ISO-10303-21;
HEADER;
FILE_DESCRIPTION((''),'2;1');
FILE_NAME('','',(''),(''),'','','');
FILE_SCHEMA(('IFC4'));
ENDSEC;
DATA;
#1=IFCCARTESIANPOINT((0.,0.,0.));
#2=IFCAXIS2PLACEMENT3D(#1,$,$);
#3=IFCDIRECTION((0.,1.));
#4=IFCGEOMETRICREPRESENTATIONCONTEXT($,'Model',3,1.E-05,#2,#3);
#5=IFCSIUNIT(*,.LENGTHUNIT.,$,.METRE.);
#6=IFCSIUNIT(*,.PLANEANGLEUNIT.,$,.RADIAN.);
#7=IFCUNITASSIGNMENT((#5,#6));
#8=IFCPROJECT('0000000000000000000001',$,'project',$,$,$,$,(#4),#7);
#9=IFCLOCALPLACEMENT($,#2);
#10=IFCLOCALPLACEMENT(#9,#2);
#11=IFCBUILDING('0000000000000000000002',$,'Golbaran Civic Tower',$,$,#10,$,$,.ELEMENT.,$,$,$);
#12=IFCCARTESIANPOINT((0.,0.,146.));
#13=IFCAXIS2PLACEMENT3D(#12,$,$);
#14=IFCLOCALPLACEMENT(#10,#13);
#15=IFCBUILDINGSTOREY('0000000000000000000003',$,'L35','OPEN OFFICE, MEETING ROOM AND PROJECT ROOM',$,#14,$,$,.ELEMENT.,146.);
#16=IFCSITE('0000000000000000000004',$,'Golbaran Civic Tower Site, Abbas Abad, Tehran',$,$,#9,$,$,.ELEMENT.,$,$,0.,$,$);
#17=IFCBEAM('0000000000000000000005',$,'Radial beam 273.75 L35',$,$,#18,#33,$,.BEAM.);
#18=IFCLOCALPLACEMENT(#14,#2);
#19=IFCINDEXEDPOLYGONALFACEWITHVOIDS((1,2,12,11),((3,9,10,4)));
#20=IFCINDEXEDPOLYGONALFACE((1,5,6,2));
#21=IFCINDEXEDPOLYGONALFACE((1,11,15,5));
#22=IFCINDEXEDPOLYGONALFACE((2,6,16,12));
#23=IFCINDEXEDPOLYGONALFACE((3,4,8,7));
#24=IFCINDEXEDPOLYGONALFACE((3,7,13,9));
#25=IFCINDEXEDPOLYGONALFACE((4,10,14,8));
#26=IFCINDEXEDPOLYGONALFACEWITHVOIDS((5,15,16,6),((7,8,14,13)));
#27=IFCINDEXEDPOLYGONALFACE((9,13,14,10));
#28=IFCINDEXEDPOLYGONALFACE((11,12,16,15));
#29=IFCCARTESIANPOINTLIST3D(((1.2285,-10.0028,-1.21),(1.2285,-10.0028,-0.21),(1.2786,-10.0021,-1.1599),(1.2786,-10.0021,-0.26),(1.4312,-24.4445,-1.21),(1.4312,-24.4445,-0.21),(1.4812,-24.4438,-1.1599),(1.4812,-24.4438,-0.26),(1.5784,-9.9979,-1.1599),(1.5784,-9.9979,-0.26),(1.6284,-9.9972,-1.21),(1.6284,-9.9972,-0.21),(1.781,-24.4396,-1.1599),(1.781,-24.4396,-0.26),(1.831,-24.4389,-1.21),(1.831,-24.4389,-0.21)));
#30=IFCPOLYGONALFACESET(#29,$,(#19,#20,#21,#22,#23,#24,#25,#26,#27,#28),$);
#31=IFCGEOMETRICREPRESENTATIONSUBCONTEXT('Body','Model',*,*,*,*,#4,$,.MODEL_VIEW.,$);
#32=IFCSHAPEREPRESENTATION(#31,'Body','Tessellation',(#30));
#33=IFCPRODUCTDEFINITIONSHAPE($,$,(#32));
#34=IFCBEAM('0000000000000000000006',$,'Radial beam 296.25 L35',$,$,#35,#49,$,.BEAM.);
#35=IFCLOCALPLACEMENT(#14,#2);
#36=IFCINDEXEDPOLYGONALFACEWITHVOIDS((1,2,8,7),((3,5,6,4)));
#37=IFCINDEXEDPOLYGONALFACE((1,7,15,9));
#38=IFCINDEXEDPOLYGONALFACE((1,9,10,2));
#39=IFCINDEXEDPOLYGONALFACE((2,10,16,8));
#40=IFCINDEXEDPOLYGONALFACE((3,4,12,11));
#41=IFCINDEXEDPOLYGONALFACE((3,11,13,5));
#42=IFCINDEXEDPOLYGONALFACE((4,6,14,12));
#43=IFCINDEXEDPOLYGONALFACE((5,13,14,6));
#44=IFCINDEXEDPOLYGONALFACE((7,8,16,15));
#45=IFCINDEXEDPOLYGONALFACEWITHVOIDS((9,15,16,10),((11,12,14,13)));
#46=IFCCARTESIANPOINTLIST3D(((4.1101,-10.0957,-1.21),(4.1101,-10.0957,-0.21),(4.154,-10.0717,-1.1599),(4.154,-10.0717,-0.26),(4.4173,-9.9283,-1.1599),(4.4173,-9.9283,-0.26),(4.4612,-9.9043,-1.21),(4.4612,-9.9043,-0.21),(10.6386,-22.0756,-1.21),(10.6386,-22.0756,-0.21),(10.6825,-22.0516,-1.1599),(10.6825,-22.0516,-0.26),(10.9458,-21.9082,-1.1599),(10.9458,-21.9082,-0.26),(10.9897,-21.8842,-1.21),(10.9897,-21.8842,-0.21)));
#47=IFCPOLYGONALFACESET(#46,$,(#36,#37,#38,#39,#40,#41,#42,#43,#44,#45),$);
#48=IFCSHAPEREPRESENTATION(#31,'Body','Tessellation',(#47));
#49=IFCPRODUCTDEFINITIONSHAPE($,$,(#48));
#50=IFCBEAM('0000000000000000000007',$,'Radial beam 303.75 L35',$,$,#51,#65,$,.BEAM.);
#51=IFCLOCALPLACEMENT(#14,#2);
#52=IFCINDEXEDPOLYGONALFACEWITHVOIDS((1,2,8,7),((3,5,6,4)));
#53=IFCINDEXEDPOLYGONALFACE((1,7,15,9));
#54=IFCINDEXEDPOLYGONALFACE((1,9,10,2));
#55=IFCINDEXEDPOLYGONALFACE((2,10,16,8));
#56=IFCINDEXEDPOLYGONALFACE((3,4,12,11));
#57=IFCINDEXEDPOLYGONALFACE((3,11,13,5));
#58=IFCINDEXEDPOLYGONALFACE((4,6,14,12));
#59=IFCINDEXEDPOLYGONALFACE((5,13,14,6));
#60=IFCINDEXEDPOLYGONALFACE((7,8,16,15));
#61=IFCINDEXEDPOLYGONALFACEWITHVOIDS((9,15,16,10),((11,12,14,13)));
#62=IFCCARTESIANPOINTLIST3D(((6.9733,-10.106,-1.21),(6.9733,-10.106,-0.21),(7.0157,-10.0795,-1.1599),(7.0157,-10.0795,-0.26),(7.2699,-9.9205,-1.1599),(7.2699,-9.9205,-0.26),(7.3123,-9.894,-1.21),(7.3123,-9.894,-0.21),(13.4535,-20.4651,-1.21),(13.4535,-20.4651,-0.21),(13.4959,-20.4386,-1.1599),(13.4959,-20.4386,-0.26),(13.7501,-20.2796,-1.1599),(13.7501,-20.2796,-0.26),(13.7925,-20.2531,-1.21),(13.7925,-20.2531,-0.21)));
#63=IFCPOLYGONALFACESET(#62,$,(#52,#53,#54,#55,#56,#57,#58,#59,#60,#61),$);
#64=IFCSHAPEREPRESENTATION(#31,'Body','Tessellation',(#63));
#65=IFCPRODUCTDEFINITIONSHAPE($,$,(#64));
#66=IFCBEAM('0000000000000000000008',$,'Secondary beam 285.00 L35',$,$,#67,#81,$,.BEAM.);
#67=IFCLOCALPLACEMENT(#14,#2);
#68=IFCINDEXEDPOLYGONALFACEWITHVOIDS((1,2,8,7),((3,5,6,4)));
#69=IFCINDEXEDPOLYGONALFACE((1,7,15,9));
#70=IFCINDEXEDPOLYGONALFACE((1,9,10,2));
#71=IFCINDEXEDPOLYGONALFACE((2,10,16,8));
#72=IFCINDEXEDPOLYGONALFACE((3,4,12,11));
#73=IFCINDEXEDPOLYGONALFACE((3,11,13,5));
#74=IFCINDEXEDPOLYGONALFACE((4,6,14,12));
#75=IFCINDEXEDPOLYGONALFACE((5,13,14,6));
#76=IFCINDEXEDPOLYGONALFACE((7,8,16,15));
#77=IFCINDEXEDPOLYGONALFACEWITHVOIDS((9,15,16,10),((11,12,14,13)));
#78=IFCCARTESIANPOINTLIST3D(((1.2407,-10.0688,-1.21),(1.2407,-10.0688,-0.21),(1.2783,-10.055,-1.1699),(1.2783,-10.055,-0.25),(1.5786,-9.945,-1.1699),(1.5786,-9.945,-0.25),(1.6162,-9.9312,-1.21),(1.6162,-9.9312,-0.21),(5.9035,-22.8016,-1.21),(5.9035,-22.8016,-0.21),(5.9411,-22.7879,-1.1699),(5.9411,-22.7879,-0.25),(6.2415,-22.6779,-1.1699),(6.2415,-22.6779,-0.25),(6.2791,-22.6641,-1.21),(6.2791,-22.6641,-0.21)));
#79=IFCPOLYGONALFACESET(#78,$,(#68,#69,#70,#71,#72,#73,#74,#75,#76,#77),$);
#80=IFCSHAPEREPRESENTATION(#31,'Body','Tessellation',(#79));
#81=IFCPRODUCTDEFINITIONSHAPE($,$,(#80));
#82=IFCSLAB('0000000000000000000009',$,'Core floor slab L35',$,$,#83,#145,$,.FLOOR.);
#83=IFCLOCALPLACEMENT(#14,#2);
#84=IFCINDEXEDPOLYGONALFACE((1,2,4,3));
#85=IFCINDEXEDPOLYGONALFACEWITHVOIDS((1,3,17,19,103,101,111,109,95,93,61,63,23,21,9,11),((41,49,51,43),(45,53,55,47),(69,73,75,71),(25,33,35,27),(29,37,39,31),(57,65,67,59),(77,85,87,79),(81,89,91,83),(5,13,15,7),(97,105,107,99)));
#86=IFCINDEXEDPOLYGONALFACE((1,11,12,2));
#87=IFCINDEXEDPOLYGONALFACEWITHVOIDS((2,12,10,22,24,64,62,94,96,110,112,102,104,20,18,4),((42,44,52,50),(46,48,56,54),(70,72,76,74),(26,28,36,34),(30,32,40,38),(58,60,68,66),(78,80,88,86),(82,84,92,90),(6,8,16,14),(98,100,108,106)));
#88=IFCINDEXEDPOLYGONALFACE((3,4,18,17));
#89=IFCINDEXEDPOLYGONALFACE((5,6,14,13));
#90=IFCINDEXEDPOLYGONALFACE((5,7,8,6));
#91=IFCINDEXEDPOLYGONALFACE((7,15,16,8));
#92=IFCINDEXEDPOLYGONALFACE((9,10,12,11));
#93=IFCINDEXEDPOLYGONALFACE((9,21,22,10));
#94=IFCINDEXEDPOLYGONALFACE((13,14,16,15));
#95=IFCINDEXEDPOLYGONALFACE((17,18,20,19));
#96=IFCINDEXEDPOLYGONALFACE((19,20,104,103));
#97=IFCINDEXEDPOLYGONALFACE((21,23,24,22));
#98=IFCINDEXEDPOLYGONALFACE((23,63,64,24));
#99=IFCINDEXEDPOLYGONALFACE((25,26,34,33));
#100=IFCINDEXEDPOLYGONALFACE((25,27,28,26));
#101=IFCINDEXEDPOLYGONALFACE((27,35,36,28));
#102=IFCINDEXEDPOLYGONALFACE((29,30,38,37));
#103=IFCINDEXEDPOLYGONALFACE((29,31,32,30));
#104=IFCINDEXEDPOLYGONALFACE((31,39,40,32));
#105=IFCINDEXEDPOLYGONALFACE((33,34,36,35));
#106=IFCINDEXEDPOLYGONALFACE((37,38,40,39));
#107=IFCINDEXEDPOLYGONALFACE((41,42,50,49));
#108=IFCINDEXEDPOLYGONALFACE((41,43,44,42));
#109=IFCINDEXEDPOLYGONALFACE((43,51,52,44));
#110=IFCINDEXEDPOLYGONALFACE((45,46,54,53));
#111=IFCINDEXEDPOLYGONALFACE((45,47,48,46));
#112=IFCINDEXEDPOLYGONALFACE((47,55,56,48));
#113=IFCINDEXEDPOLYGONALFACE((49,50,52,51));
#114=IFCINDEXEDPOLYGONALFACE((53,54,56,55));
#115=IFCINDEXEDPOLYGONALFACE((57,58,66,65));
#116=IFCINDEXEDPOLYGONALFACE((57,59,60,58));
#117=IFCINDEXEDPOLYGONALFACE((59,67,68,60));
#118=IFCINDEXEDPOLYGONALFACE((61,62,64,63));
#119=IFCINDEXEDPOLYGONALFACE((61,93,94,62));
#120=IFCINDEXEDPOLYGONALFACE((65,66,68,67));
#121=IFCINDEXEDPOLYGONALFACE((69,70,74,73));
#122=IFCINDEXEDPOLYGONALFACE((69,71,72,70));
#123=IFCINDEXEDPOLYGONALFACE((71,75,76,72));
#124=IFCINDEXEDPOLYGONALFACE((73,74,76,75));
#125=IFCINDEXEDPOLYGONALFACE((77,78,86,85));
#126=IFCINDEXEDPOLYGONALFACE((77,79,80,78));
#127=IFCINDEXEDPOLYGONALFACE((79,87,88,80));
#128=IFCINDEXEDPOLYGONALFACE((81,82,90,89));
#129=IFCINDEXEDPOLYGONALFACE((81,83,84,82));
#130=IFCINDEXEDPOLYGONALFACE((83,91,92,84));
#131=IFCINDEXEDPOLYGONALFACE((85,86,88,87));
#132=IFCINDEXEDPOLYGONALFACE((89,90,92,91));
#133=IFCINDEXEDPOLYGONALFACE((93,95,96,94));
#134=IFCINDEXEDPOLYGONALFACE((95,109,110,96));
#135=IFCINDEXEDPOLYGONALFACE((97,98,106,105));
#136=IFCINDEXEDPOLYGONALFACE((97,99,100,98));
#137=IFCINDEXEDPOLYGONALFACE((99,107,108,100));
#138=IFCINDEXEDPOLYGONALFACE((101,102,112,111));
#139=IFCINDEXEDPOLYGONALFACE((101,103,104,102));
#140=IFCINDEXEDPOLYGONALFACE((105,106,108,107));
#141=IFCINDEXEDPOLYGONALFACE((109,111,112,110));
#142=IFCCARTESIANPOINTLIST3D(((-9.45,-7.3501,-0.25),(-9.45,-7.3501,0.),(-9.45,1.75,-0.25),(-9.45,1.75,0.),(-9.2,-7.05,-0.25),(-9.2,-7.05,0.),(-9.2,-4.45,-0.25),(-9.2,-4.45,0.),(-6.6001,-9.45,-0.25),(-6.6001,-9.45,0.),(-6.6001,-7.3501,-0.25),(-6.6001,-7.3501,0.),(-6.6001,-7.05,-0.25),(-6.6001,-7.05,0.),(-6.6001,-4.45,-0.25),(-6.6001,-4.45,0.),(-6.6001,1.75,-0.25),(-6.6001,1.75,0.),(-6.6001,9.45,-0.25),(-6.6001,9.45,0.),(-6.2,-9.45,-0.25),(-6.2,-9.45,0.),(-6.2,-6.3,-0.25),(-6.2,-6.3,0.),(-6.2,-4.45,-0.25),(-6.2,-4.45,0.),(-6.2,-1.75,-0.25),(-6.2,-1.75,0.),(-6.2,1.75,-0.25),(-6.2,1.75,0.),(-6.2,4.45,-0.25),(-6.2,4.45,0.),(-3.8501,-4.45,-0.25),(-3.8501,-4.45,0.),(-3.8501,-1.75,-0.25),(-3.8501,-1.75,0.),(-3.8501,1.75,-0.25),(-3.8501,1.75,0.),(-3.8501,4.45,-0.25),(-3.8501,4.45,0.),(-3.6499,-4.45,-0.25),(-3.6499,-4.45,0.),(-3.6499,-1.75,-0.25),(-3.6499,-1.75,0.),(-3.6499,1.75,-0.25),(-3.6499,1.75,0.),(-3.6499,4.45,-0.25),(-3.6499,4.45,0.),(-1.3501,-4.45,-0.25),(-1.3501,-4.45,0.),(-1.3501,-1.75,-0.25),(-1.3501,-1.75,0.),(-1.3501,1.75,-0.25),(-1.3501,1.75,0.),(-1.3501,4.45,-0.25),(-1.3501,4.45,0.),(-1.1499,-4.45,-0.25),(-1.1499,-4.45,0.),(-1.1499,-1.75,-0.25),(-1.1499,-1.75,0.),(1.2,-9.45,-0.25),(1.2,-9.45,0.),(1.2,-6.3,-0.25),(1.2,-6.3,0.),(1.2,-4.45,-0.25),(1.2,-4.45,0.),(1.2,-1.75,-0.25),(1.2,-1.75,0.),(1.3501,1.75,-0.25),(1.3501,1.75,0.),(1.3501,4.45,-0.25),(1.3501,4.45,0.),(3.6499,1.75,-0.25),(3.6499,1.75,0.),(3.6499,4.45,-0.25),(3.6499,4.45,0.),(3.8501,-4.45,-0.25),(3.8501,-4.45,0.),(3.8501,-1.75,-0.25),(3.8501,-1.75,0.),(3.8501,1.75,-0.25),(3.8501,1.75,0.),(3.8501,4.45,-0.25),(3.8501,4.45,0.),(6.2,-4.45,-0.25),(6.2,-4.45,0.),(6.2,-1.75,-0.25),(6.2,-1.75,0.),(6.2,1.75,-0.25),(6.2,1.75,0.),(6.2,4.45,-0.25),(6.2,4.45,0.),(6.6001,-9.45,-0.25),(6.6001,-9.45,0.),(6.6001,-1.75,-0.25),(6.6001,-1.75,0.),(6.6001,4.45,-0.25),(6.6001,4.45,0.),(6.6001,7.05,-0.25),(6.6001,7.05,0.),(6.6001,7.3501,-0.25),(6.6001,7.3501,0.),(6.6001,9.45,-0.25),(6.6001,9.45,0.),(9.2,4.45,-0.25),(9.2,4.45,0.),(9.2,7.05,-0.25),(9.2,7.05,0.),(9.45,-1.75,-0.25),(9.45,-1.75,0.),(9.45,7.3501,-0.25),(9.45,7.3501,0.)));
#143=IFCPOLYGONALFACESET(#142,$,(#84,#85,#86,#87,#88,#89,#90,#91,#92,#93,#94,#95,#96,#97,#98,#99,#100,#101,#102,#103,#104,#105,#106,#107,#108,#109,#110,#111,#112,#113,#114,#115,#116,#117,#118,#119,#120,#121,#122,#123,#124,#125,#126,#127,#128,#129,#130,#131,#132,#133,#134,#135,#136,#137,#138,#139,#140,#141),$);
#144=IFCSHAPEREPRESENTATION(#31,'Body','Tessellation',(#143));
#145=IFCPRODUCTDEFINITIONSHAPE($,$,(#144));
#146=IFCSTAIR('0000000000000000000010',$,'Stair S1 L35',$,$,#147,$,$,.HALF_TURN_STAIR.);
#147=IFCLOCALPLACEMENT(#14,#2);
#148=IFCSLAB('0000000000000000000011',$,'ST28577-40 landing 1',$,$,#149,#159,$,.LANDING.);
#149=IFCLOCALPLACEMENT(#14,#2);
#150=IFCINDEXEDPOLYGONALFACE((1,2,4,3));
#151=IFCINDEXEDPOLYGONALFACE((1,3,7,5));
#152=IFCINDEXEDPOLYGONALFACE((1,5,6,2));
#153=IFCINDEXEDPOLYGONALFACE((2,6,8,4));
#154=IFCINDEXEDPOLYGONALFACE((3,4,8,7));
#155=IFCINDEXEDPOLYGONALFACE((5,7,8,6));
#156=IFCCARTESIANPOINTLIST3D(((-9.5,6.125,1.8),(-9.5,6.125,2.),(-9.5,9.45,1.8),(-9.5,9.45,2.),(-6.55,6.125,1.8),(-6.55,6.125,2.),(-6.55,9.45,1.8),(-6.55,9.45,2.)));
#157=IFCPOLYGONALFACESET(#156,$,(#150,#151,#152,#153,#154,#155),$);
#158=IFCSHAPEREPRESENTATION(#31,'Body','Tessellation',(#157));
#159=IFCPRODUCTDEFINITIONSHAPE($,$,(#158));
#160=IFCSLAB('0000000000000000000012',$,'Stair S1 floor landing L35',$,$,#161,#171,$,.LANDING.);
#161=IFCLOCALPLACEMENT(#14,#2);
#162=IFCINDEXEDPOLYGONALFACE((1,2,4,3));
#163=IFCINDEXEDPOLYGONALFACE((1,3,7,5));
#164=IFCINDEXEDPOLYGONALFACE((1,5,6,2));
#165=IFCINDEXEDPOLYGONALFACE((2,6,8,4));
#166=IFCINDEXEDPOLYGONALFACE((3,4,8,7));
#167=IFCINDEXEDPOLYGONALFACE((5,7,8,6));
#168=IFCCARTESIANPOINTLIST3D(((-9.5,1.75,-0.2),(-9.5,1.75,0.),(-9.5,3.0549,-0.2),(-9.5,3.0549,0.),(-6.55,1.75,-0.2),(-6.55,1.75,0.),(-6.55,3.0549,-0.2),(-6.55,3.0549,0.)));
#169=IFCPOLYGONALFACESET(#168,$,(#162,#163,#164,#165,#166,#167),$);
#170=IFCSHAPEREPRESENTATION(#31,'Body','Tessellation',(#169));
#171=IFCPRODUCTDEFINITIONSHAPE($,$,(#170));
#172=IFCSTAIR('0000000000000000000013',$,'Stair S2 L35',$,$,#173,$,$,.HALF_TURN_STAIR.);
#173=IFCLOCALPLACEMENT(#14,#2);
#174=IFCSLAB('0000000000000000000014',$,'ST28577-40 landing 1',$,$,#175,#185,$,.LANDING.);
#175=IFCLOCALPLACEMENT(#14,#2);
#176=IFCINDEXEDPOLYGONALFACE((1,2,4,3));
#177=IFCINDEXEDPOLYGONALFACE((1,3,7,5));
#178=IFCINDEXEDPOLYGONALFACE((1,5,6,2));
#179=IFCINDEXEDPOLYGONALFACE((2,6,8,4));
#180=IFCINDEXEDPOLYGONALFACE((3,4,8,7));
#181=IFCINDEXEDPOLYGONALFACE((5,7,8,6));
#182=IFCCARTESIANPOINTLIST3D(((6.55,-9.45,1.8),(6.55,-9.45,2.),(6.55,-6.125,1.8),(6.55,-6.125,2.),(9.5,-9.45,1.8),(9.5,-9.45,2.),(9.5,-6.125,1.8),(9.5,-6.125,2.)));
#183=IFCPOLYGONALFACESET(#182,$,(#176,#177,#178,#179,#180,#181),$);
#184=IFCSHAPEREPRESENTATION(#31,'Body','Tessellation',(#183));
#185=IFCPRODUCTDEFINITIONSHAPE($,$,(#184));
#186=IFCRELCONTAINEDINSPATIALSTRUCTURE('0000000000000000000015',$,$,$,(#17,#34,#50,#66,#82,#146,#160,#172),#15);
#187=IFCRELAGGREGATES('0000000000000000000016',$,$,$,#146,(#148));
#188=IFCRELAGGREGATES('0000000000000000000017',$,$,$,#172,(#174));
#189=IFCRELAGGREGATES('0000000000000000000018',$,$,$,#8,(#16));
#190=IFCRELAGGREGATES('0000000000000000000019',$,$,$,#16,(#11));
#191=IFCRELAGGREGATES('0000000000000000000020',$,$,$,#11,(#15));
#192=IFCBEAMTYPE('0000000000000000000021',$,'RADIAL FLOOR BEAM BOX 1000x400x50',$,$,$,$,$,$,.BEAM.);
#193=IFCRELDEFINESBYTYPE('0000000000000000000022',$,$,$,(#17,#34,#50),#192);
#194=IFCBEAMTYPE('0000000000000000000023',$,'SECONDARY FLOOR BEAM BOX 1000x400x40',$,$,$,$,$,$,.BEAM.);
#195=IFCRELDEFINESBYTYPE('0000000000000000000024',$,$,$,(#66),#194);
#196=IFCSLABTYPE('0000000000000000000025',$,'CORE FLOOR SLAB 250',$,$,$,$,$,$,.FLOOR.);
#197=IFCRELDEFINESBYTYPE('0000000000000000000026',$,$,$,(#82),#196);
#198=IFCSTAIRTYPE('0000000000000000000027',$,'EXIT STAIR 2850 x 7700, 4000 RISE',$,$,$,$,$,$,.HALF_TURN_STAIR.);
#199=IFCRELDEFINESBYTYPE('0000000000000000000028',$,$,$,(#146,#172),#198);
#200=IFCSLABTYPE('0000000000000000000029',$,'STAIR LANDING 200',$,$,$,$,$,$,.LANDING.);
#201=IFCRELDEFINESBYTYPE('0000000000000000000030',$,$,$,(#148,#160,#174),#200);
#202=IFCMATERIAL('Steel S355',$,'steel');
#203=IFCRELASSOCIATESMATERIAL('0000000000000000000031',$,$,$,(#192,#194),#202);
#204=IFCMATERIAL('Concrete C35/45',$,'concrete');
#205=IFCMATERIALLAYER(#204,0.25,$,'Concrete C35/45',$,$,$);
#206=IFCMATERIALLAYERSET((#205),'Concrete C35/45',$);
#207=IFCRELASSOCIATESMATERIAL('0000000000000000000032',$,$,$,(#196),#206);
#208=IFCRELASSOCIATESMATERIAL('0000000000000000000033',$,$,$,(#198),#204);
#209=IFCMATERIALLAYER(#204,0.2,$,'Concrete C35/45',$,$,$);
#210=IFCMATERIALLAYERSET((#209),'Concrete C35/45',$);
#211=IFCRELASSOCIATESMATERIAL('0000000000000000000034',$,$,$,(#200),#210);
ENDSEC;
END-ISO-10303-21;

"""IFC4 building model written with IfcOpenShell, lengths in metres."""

from ifc_helpers import new_model, si_unit, direction, frame, origin, origin_2d, place, context, subcontext, project, spatial, polyline, hollow_rectangle, outline, extrude, material, layer, layer_set, material_profile, profile_set, type_object, element, aggregate, save


model = new_model("IFC4")

# Units and contexts
model_context = context("Model", 3, precision=1e-05, world=origin(), true_north=direction((0.0, 1.0)))
body_context = subcontext(model_context, "Body", "Model", "MODEL_VIEW")
ifc_project = project(units=[si_unit("LENGTHUNIT", "METRE"), si_unit("PLANEANGLEUNIT", "RADIAN")], contexts=[model_context])

# Site, building, storey
site_placement = place(None, origin())
site = spatial("IfcSite", under=ifc_project, at=site_placement, Name="Golbaran Civic Tower Site, Abbas Abad, Tehran", CompositionType="ELEMENT", RefElevation=0.0)
building_placement = place(site_placement, origin())
building = spatial("IfcBuilding", under=site, at=building_placement, Name="Golbaran Civic Tower", CompositionType="ELEMENT")
storey_placement = place(building_placement, frame((0.0, 0.0, 146.0)))
storey = spatial("IfcBuildingStorey", under=building, at=storey_placement, Name="L35", Description="OPEN OFFICE, MEETING ROOM AND PROJECT ROOM", CompositionType="ELEMENT", Elevation=146.0)

# Beams
ifc_material_1 = material(Name="Steel S355", Category="steel")
ifc_material_profile_1 = material_profile(ifc_material_1, hollow_rectangle(XDim=0.3999, YDim=1.0, WallThickness=0.05, at=origin_2d()), Name="BOX 1000x400x50")
ifc_profile_set_1 = profile_set([ifc_material_profile_1], Name="Steel S355")
beam_type_1 = type_object("IfcBeamType", Name="RADIAL FLOOR BEAM BOX 1000x400x50", PredefinedType="BEAM", material=ifc_profile_set_1)
beam_1_placement = place(storey_placement, frame((1.4285, -10.0, -0.71), z_axis=(0.01403, -0.999902, 0.0), x_axis=(0.999902, 0.01403, 0.0)))
element("IfcBeam", 1, at=beam_1_placement, inside=storey, type_object=beam_type_1, Name="Radial beam 273.75 L35", PredefinedType="BEAM", context=body_context, shape_type="SweptSolid", body=[
    extrude(hollow_rectangle(XDim=0.3999, YDim=1.0, WallThickness=0.05, at=origin_2d()), origin(), (0.0, 0.0, 1.0), 14.4431),
])
beam_2_placement = place(storey_placement, frame((4.2856, -10.0, -0.71), z_axis=(0.478515, -0.878079, 0.0), x_axis=(0.878079, 0.478515, 0.0)))
element("IfcBeam", 2, at=beam_2_placement, inside=storey, type_object=beam_type_1, Name="Radial beam 296.25 L35", PredefinedType="BEAM", context=body_context, shape_type="SweptSolid", body=[
    extrude(hollow_rectangle(XDim=0.3999, YDim=1.0, WallThickness=0.05, at=origin_2d()), origin(), (0.0, 0.0, 1.0), 13.6433),
])
beam_3_placement = place(storey_placement, frame((7.1428, -10.0, -0.71), z_axis=(0.530338, -0.847786, 0.0), x_axis=(0.847786, 0.530338, 0.0)))
element("IfcBeam", 3, at=beam_3_placement, inside=storey, type_object=beam_type_1, Name="Radial beam 303.75 L35", PredefinedType="BEAM", context=body_context, shape_type="SweptSolid", body=[
    extrude(hollow_rectangle(XDim=0.3999, YDim=1.0, WallThickness=0.05, at=origin_2d()), origin(), (0.0, 0.0, 1.0), 12.219),
])
ifc_material_profile_2 = material_profile(ifc_material_1, hollow_rectangle(XDim=0.3999, YDim=1.0, WallThickness=0.04, at=origin_2d()), Name="BOX 1000x400x40")
ifc_profile_set_2 = profile_set([ifc_material_profile_2], Name="Steel S355")
beam_type_2 = type_object("IfcBeamType", Name="SECONDARY FLOOR BEAM BOX 1000x400x40", PredefinedType="BEAM", material=ifc_profile_set_2)
beam_4_placement = place(storey_placement, frame((1.4285, -10.0, -0.71), z_axis=(0.343872, -0.939017, 0.0), x_axis=(0.939017, 0.343872, 0.0)))
element("IfcBeam", 4, at=beam_4_placement, inside=storey, type_object=beam_type_2, Name="Secondary beam 285.00 L35", PredefinedType="BEAM", context=body_context, shape_type="SweptSolid", body=[
    extrude(hollow_rectangle(XDim=0.3999, YDim=1.0, WallThickness=0.04, at=origin_2d()), origin(), (0.0, 0.0, 1.0), 13.5598),
])

# Slab
ifc_material_2 = material(Name="Concrete C35/45", Category="concrete")
ifc_layer_1 = layer(ifc_material_2, 0.25, Name="Concrete C35/45")
ifc_layer_set_1 = layer_set([ifc_layer_1], Name="Concrete C35/45")
slab_type_1 = type_object("IfcSlabType", Name="CORE FLOOR SLAB 250", PredefinedType="FLOOR", material=ifc_layer_set_1)
slab_1_placement = place(storey_placement, frame((0.0, 0.0, -0.25)))
element("IfcSlab", 5, at=slab_1_placement, inside=storey, type_object=slab_type_1, Name="Core floor slab L35", PredefinedType="FLOOR", context=body_context, shape_type="SweptSolid", body=[
    extrude(outline(polyline([(6.6001, -1.75), (6.6001, -9.45), (1.2, -9.45), (1.2, -6.3), (-6.2, -6.3), (-6.2, -9.45), (-6.6001, -9.45), (-6.6001, -7.3501), (-9.45, -7.3501), (-9.45, 1.75), (-6.6001, 1.75), (-6.6001, 9.45), (6.6001, 9.45), (6.6001, 7.3501), (9.45, 7.3501), (9.45, -1.75), (6.6001, -1.75)]), holes=[polyline([(9.2, 7.05), (6.6001, 7.05), (6.6001, 4.45), (9.2, 4.45), (9.2, 7.05)]), polyline([(6.2, -1.75), (3.8501, -1.75), (3.8501, -4.45), (6.2, -4.45), (6.2, -1.75)]), polyline([(6.2, 4.45), (3.8501, 4.45), (3.8501, 1.75), (6.2, 1.75), (6.2, 4.45)]), polyline([(3.6499, 4.45), (1.3501, 4.45), (1.3501, 1.75), (3.6499, 1.75), (3.6499, 4.45)]), polyline([(1.2, -1.75), (-1.1499, -1.75), (-1.1499, -4.45), (1.2, -4.45), (1.2, -1.75)]), polyline([(-1.3501, 4.45), (-3.6499, 4.45), (-3.6499, 1.75), (-1.3501, 1.75), (-1.3501, 4.45)]), polyline([(-1.3501, -1.75), (-3.6499, -1.75), (-3.6499, -4.45), (-1.3501, -4.45), (-1.3501, -1.75)]), polyline([(-3.8501, -1.75), (-6.2, -1.75), (-6.2, -4.45), (-3.8501, -4.45), (-3.8501, -1.75)]), polyline([(-3.8501, 4.45), (-6.2, 4.45), (-6.2, 1.75), (-3.8501, 1.75), (-3.8501, 4.45)]), polyline([(-6.6001, -4.45), (-9.2, -4.45), (-9.2, -7.05), (-6.6001, -7.05), (-6.6001, -4.45)])]), origin(), (0.0, 0.0, 1.0), 0.25),
])

# Stair, slab
stair_type = type_object("IfcStairType", Name="EXIT STAIR 2850 x 7700, 4000 RISE", PredefinedType="HALF_TURN_STAIR", material=ifc_material_2)
stair_1_placement = place(storey_placement, origin())
stair_1 = element("IfcStair", 6, at=stair_1_placement, inside=storey, type_object=stair_type, Name="Stair S1 L35", PredefinedType="HALF_TURN_STAIR")
ifc_layer_2 = layer(ifc_material_2, 0.2, Name="Concrete C35/45")
ifc_layer_set_2 = layer_set([ifc_layer_2], Name="Concrete C35/45")
slab_type_2 = type_object("IfcSlabType", Name="STAIR LANDING 200", PredefinedType="LANDING", material=ifc_layer_set_2)
slab_2_placement = place(storey_placement, frame((0.0, 0.0, 1.8)))
slab_2 = element("IfcSlab", 7, at=slab_2_placement, type_object=slab_type_2, Name="ST28577-40 landing 1", PredefinedType="LANDING", context=body_context, shape_type="SweptSolid", body=[
    extrude(outline(polyline([(-9.5, 6.125), (-9.5, 9.45), (-6.55, 9.45), (-6.55, 6.125), (-9.5, 6.125)])), origin(), (0.0, 0.0, 1.0), 0.2),
])
aggregate(stair_1, [slab_2])

# Slab
slab_3_placement = place(storey_placement, frame((0.0, 0.0, -0.2)))
element("IfcSlab", 8, at=slab_3_placement, inside=storey, type_object=slab_type_2, Name="Stair S1 floor landing L35", PredefinedType="LANDING", context=body_context, shape_type="SweptSolid", body=[
    extrude(outline(polyline([(-9.5, 1.75), (-9.5, 3.0549), (-6.55, 3.0549), (-6.55, 1.75), (-9.5, 1.75)])), origin(), (0.0, 0.0, 1.0), 0.2),
])

# Stair, slab
stair_2_placement = place(storey_placement, origin())
stair_2 = element("IfcStair", 9, at=stair_2_placement, inside=storey, type_object=stair_type, Name="Stair S2 L35", PredefinedType="HALF_TURN_STAIR")
slab_4_placement = place(storey_placement, frame((0.0, 0.0, 1.8)))
slab_4 = element("IfcSlab", 10, at=slab_4_placement, type_object=slab_type_2, Name="ST28577-40 landing 1", PredefinedType="LANDING", context=body_context, shape_type="SweptSolid", body=[
    extrude(outline(polyline([(9.5, -6.125), (9.5, -9.45), (6.55, -9.45), (6.55, -6.125), (9.5, -6.125)])), origin(), (0.0, 0.0, 1.0), 0.2),
])

aggregate(stair_2, [slab_4])

save(model, "model.ifc")
